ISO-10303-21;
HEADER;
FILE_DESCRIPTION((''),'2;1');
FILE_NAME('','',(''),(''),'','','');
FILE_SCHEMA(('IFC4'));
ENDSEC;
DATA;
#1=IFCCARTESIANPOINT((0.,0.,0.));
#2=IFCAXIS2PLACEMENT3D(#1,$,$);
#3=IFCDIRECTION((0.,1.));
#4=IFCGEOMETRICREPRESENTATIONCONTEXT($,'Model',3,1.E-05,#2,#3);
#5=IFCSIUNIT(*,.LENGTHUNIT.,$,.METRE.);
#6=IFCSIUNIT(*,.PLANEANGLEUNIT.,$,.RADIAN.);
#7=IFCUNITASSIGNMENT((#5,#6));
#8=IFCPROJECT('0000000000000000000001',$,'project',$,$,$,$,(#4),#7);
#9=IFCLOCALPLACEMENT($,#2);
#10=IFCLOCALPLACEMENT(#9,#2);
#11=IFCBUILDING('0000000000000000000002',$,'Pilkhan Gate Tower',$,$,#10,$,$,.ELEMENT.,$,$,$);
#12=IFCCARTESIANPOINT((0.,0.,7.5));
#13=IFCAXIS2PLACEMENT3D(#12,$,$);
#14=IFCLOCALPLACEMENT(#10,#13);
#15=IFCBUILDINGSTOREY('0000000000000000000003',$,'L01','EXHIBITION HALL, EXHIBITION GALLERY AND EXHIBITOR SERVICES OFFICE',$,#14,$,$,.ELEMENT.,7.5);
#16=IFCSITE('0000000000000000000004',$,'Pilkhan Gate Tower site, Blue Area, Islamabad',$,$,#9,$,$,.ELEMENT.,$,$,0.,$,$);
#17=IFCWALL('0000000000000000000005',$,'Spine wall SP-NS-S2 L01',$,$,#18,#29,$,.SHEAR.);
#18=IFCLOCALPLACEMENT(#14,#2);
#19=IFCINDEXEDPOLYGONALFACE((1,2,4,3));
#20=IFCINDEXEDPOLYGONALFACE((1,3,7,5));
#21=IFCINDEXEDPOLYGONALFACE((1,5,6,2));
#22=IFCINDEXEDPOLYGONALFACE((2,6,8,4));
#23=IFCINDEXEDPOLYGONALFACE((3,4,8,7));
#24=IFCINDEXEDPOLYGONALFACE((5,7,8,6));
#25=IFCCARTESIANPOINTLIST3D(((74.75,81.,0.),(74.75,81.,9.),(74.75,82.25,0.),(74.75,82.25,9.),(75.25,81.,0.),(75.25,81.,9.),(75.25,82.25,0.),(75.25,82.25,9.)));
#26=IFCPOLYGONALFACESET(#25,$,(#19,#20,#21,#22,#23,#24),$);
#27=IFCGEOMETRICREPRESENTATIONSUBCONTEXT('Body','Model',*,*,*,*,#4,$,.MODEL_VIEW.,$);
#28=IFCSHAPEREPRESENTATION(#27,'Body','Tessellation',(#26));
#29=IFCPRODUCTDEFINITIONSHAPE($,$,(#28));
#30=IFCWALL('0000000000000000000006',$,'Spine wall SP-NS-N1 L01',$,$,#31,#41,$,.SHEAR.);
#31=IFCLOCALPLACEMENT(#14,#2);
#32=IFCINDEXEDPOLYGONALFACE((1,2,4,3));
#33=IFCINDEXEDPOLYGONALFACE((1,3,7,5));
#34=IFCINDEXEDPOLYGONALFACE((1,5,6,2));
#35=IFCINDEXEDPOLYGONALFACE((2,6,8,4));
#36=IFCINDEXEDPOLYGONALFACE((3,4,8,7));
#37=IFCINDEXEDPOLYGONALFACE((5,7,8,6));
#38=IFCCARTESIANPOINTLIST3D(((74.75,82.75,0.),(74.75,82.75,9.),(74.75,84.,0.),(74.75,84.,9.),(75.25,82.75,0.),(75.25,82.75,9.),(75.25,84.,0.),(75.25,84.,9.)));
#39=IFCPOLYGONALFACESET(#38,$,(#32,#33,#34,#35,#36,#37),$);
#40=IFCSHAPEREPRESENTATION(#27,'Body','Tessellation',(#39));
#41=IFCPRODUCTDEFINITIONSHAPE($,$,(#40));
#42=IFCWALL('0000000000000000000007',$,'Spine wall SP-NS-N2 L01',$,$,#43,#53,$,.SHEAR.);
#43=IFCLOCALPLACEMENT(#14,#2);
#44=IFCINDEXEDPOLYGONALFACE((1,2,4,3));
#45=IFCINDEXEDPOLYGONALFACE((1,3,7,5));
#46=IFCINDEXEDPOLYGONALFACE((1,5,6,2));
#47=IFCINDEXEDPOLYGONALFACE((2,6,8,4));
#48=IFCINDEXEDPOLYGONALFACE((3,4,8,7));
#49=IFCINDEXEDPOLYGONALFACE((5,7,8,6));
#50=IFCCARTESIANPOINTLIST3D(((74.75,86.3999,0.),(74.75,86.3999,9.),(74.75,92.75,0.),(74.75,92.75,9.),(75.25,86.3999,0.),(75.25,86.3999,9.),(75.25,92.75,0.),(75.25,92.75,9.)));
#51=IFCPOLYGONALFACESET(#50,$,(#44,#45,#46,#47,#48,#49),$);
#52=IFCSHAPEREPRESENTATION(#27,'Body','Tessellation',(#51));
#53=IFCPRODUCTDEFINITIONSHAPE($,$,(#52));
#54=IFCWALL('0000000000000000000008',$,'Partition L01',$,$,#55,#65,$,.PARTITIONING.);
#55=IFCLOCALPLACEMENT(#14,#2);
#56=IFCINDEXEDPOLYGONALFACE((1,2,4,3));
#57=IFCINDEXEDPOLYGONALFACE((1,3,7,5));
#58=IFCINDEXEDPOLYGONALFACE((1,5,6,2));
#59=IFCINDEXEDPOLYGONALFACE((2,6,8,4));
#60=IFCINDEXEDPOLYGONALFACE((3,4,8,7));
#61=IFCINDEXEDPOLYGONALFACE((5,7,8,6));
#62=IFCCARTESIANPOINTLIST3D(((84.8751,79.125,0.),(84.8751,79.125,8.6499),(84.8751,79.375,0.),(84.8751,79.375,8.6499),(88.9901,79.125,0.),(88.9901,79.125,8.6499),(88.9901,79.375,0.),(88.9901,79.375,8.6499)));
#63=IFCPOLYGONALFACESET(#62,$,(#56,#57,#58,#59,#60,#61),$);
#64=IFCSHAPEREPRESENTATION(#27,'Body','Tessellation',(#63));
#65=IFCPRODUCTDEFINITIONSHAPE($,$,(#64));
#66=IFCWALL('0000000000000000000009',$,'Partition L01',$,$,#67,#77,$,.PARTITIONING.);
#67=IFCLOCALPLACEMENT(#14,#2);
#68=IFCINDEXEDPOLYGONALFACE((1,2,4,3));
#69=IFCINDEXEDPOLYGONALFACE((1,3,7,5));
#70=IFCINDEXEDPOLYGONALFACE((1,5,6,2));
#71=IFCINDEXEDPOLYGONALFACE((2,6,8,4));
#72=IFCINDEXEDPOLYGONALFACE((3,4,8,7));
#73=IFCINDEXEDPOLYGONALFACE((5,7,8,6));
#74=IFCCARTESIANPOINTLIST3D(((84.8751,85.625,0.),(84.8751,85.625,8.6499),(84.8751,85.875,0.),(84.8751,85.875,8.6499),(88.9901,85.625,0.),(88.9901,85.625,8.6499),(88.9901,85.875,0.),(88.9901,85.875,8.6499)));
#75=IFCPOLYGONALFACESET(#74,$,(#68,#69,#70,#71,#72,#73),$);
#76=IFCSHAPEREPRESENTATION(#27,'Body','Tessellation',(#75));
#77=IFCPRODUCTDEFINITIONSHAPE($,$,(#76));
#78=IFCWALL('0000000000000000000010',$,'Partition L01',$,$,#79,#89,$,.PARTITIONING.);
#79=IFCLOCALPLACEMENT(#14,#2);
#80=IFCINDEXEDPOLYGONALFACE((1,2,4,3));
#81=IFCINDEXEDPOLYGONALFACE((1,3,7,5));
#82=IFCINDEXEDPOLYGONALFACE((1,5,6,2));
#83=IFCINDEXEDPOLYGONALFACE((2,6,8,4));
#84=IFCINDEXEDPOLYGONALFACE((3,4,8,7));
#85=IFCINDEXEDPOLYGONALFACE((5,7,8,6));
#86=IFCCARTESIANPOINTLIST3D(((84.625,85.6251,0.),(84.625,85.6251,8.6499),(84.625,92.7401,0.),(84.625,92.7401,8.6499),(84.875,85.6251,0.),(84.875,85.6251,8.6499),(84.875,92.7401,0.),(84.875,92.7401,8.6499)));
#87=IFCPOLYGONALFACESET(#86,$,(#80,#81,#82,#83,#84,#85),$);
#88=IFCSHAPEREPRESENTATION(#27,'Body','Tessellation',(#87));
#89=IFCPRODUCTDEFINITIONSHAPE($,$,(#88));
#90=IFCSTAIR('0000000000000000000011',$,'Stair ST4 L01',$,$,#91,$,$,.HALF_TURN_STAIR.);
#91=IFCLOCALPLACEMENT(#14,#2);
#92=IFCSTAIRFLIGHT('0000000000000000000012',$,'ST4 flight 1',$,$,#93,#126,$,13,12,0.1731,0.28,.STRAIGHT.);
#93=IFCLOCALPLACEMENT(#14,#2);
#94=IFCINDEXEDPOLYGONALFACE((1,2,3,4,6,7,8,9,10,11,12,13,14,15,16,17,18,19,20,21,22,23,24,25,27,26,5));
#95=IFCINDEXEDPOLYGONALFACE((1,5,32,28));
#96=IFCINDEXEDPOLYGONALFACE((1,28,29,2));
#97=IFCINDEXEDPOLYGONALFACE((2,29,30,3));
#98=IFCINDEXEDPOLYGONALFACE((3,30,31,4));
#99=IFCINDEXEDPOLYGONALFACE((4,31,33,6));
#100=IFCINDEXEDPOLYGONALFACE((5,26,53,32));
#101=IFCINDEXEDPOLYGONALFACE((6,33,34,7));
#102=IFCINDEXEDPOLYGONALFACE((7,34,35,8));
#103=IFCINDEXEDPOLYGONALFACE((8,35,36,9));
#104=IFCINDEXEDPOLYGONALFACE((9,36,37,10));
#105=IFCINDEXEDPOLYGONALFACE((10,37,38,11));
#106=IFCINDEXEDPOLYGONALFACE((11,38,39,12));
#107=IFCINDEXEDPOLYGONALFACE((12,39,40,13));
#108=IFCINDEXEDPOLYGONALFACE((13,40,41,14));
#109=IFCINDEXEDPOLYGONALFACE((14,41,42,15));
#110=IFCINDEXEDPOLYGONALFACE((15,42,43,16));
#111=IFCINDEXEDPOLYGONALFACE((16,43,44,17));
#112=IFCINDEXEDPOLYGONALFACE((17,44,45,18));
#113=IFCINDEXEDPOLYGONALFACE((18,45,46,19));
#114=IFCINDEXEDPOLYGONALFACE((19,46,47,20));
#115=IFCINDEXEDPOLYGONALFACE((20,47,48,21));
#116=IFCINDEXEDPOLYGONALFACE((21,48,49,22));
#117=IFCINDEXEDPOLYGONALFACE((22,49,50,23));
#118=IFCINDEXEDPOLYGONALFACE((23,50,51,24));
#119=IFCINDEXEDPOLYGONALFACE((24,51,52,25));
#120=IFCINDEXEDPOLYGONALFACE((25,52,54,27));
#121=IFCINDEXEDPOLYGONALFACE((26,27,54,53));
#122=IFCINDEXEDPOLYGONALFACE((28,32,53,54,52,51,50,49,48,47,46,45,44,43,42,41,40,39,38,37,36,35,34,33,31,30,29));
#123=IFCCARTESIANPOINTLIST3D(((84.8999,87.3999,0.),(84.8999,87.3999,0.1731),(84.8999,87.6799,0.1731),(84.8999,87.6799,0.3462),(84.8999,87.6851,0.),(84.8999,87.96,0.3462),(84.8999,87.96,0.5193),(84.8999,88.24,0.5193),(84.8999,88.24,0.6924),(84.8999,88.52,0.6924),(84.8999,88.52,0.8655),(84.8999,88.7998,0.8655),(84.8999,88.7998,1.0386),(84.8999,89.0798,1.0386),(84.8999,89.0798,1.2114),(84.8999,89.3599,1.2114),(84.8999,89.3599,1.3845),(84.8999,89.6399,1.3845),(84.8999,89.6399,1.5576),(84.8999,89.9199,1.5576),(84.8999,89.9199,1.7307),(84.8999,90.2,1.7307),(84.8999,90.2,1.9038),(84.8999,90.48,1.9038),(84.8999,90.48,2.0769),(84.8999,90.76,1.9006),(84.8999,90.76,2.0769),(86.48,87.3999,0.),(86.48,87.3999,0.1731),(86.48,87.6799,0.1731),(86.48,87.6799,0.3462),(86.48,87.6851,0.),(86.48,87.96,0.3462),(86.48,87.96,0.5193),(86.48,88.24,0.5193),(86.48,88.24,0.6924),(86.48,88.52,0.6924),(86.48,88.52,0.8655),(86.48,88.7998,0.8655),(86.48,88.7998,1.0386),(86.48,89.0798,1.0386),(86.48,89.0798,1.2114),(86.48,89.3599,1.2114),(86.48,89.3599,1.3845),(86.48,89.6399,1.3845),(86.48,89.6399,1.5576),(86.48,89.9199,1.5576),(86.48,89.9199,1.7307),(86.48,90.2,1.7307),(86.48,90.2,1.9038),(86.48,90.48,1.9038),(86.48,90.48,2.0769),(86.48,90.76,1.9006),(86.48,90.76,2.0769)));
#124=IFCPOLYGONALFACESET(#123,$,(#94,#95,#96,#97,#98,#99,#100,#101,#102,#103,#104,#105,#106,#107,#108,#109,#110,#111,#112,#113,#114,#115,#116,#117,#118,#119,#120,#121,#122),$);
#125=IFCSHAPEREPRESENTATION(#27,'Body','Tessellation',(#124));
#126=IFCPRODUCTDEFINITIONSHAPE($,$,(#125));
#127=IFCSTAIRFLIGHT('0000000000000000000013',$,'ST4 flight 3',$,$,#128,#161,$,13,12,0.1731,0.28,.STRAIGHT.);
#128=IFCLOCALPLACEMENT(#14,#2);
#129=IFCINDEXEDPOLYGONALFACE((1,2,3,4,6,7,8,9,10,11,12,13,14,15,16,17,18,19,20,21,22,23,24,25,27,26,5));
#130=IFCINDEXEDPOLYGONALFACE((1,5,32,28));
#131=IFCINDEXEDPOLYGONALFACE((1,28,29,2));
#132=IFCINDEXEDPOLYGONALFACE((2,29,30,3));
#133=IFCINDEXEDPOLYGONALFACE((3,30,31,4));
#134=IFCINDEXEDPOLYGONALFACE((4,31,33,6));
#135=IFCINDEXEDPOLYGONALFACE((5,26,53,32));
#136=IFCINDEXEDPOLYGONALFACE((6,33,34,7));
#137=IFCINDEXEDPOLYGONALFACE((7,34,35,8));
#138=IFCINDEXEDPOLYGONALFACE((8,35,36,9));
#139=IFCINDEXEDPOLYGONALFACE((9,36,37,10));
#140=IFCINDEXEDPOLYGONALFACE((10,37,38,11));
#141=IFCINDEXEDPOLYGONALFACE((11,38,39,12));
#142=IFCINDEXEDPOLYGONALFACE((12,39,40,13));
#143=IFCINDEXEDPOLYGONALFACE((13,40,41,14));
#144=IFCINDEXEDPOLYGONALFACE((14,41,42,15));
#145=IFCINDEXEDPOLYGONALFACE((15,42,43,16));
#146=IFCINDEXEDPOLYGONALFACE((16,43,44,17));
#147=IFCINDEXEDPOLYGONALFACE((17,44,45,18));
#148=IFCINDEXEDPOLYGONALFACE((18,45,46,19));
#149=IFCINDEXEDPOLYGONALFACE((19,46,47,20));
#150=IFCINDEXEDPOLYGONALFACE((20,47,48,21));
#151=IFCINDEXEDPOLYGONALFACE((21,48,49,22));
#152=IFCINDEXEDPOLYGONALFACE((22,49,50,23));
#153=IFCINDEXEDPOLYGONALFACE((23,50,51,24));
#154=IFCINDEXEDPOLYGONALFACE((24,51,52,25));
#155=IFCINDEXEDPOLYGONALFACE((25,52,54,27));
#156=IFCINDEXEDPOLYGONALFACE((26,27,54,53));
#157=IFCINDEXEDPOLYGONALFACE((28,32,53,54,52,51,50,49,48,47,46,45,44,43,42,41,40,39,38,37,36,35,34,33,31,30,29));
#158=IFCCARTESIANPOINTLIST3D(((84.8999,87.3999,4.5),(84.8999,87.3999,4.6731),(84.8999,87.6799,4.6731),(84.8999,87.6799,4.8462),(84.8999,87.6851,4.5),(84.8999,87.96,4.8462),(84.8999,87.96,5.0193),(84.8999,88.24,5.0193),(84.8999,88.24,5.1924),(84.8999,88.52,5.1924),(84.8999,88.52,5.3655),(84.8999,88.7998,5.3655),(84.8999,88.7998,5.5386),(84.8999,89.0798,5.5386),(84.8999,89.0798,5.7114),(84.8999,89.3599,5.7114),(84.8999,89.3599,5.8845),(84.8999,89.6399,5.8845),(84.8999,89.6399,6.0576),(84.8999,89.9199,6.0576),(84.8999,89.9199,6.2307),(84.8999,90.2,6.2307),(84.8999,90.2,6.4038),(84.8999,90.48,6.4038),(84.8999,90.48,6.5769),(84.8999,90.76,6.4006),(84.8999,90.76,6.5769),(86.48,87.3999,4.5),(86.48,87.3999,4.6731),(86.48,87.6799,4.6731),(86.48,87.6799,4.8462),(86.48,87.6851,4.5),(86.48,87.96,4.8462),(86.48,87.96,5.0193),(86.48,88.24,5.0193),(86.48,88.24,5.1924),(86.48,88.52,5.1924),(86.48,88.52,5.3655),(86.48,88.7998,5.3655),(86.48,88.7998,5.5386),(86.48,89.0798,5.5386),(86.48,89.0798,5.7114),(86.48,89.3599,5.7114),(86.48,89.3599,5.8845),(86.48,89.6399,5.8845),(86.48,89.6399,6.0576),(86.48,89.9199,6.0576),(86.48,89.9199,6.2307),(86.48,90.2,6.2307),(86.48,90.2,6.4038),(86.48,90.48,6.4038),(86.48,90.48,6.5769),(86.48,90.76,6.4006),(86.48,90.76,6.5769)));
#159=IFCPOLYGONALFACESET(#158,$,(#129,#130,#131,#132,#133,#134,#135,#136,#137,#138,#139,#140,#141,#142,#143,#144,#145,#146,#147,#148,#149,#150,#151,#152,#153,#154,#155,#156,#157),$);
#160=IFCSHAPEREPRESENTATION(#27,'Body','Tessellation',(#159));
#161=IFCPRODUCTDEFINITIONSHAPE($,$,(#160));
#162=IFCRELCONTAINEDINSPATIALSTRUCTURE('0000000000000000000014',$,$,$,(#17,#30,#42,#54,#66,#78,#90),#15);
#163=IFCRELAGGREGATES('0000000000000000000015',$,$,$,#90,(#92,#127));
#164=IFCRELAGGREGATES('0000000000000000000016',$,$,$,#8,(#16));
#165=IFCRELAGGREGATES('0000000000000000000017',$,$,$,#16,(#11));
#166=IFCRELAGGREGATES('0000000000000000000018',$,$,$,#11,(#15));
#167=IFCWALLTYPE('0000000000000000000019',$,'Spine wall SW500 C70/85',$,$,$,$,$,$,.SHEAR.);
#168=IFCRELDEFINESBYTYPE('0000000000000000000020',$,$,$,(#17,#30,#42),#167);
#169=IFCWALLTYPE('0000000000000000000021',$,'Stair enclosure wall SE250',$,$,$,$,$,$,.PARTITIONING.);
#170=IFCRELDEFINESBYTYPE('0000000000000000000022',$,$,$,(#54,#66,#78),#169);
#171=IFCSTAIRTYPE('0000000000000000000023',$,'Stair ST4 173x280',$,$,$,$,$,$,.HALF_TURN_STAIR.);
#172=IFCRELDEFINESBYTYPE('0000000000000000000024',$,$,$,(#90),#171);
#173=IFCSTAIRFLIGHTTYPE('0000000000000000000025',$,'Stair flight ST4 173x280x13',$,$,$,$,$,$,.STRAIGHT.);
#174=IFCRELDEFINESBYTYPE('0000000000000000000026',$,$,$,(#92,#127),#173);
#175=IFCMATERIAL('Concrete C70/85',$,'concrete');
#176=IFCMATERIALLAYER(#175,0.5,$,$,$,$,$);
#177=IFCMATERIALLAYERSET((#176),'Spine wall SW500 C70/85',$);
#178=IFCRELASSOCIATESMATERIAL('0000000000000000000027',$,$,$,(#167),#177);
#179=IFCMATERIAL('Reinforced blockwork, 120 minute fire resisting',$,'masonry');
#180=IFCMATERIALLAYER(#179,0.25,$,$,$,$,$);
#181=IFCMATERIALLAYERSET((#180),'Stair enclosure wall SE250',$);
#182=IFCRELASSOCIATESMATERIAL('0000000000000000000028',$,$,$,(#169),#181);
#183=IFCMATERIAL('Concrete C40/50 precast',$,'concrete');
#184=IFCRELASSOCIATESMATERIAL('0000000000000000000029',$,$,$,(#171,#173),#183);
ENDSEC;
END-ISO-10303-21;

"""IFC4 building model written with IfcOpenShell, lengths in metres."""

from ifc_helpers import new_model, si_unit, direction, frame, frame_2d, origin, place, context, subcontext, project, spatial, polyline, rectangle, outline, extrude, material, layer, layer_set, type_object, element, aggregate, save


model = new_model("IFC4")

# Units and contexts
model_context = context("Model", 3, precision=1e-05, world=origin(), true_north=direction((0.0, 1.0)))
body_context = subcontext(model_context, "Body", "Model", "MODEL_VIEW")
ifc_project = project(units=[si_unit("LENGTHUNIT", "METRE"), si_unit("PLANEANGLEUNIT", "RADIAN")], contexts=[model_context])

# Site, building, storey
site_placement = place(None, origin())
site = spatial("IfcSite", under=ifc_project, at=site_placement, Name="Pilkhan Gate Tower site, Blue Area, Islamabad", CompositionType="ELEMENT", RefElevation=0.0)
building_placement = place(site_placement, origin())
building = spatial("IfcBuilding", under=site, at=building_placement, Name="Pilkhan Gate Tower", CompositionType="ELEMENT")
storey_placement = place(building_placement, frame((0.0, 0.0, 7.5)))
storey = spatial("IfcBuildingStorey", under=building, at=storey_placement, Name="L01", Description="EXHIBITION HALL, EXHIBITION GALLERY AND EXHIBITOR SERVICES OFFICE", CompositionType="ELEMENT", Elevation=7.5)

# Shared definitions
ifc_material_1 = material(Name="Concrete C70/85", Category="concrete")

# Walls
ifc_layer_1 = layer(ifc_material_1, 0.5)
ifc_layer_set_1 = layer_set([ifc_layer_1], Name="Spine wall SW500 C70/85")
wall_type_1 = type_object("IfcWallType", Name="Spine wall SW500 C70/85", PredefinedType="SHEAR", material=ifc_layer_set_1)
for number, where, z_axis, x_axis, name in (
    (1, (75.0, 81.0, 0.0), (0.0, 0.0, 1.0), (0.0, 1.0, 0.0), "Spine wall SP-NS-S2 L01"),
    (2, (75.0, 82.75, 0.0), (0.0, 0.0, 1.0), (0.0, 1.0, 0.0), "Spine wall SP-NS-N1 L01"),
):
    element("IfcWall", number, at=place(storey_placement, frame(where, z_axis=z_axis, x_axis=x_axis)), inside=storey, type_object=wall_type_1, Name=name, PredefinedType="SHEAR", context=body_context, shape_type="SweptSolid", body=[
        extrude(rectangle(XDim=1.25, YDim=0.5, at=frame_2d((0.625, 0.0))), origin(), (0.0, 0.0, 1.0), 9.0),
    ])
wall_1_placement = place(storey_placement, frame((75.0, 86.3999, 0.0), z_axis=(0.0, 0.0, 1.0), x_axis=(0.0, 1.0, 0.0)))
element("IfcWall", 3, at=wall_1_placement, inside=storey, type_object=wall_type_1, Name="Spine wall SP-NS-N2 L01", PredefinedType="SHEAR", context=body_context, shape_type="SweptSolid", body=[
    extrude(rectangle(XDim=6.3501, YDim=0.5, at=frame_2d((3.175, 0.0))), origin(), (0.0, 0.0, 1.0), 9.0),
])
ifc_material_2 = material(Name="Reinforced blockwork, 120 minute fire resisting", Category="masonry")
ifc_layer_2 = layer(ifc_material_2, 0.25)
ifc_layer_set_2 = layer_set([ifc_layer_2], Name="Stair enclosure wall SE250")
wall_type_2 = type_object("IfcWallType", Name="Stair enclosure wall SE250", PredefinedType="PARTITIONING", material=ifc_layer_set_2)
for number, where, z_axis, x_axis, name in (
    (4, (84.875, 79.25, 0.0), (0.0, 0.0, 1.0), (1.0, 0.0, 0.0), "Partition L01"),
    (5, (84.875, 85.75, 0.0), (0.0, 0.0, 1.0), (1.0, 0.0, 0.0), "Partition L01"),
):
    element("IfcWall", number, at=place(storey_placement, frame(where, z_axis=z_axis, x_axis=x_axis)), inside=storey, type_object=wall_type_2, Name=name, PredefinedType="PARTITIONING", context=body_context, shape_type="SweptSolid", body=[
        extrude(rectangle(XDim=4.115, YDim=0.25, at=frame_2d((2.0576, 0.0))), origin(), (0.0, 0.0, 1.0), 8.6499),
    ])
wall_2_placement = place(storey_placement, frame((84.75, 85.625, 0.0), z_axis=(0.0, 0.0, 1.0), x_axis=(0.0, 1.0, 0.0)))
element("IfcWall", 6, at=wall_2_placement, inside=storey, type_object=wall_type_2, Name="Partition L01", PredefinedType="PARTITIONING", context=body_context, shape_type="SweptSolid", body=[
    extrude(rectangle(XDim=7.115, YDim=0.25, at=frame_2d((3.5576, 0.0))), origin(), (0.0, 0.0, 1.0), 8.6499),
])

# Stair, stair flights
ifc_material_3 = material(Name="Concrete C40/50 precast", Category="concrete")
stair_type = type_object("IfcStairType", Name="Stair ST4 173x280", PredefinedType="HALF_TURN_STAIR", material=ifc_material_3)
stair_placement = place(storey_placement, origin())
stair = element("IfcStair", 7, at=stair_placement, inside=storey, type_object=stair_type, Name="Stair ST4 L01", PredefinedType="HALF_TURN_STAIR")
stair_flight_type = type_object("IfcStairFlightType", Name="Stair flight ST4 173x280x13", PredefinedType="STRAIGHT", material=ifc_material_3)
stair_flight_1_placement = place(storey_placement, frame((85.6899, 87.3999, 0.0), z_axis=(0.0, 0.0, 1.0), x_axis=(0.0, 1.0, 0.0)))
stair_flight_1 = element("IfcStairFlight", 8, at=stair_flight_1_placement, type_object=stair_flight_type, Name="ST4 flight 1", NumberOfRisers=13, NumberOfTreads=12, PredefinedType="STRAIGHT", RiserHeight=0.1731, TreadLength=0.28, context=body_context, shape_type="SweptSolid", body=[
    extrude(outline(polyline([(0.0, 0.0), (0.0, 0.1731), (0.28, 0.1731), (0.28, 0.3462), (0.5601, 0.3462), (0.5601, 0.5193), (0.8401, 0.5193), (0.8401, 0.6924), (1.1201, 0.6924), (1.1201, 0.8655), (1.3999, 0.8655), (1.3999, 1.0386), (1.6799, 1.0386), (1.6799, 1.2114), (1.96, 1.2114), (1.96, 1.3845), (2.24, 1.3845), (2.24, 1.5576), (2.52, 1.5576), (2.52, 1.7307), (2.8, 1.7307), (2.8, 1.9038), (3.0801, 1.9038), (3.0801, 2.0769), (3.3601, 2.0769), (3.3601, 2.25), (3.3601, 1.9006), (0.2852, 0.0), (0.0, 0.0)])), frame((0.0, 0.79, 0.0), z_axis=(0.0, -1.0, 0.0), x_axis=(1.0, 0.0, 0.0)), (0.0, 0.0, 1.0), 1.5801),
])
stair_flight_2_placement = place(storey_placement, frame((85.6899, 87.3999, 4.5), z_axis=(0.0, 0.0, 1.0), x_axis=(0.0, 1.0, 0.0)))
stair_flight_2 = element("IfcStairFlight", 9, at=stair_flight_2_placement, type_object=stair_flight_type, Name="ST4 flight 3", NumberOfRisers=13, NumberOfTreads=12, PredefinedType="STRAIGHT", RiserHeight=0.1731, TreadLength=0.28, context=body_context, shape_type="SweptSolid", body=[
    extrude(outline(polyline([(0.0, 0.0), (0.0, 0.1731), (0.28, 0.1731), (0.28, 0.3462), (0.5601, 0.3462), (0.5601, 0.5193), (0.8401, 0.5193), (0.8401, 0.6924), (1.1201, 0.6924), (1.1201, 0.8655), (1.3999, 0.8655), (1.3999, 1.0386), (1.6799, 1.0386), (1.6799, 1.2114), (1.96, 1.2114), (1.96, 1.3845), (2.24, 1.3845), (2.24, 1.5576), (2.52, 1.5576), (2.52, 1.7307), (2.8, 1.7307), (2.8, 1.9038), (3.0801, 1.9038), (3.0801, 2.0769), (3.3601, 2.0769), (3.3601, 2.25), (3.3601, 1.9006), (0.2852, 0.0), (0.0, 0.0)])), frame((0.0, 0.79, 0.0), z_axis=(0.0, -1.0, 0.0), x_axis=(1.0, 0.0, 0.0)), (0.0, 0.0, 1.0), 1.5801),
])
aggregate(stair, [stair_flight_1, stair_flight_2])

save(model, "model.ifc")
